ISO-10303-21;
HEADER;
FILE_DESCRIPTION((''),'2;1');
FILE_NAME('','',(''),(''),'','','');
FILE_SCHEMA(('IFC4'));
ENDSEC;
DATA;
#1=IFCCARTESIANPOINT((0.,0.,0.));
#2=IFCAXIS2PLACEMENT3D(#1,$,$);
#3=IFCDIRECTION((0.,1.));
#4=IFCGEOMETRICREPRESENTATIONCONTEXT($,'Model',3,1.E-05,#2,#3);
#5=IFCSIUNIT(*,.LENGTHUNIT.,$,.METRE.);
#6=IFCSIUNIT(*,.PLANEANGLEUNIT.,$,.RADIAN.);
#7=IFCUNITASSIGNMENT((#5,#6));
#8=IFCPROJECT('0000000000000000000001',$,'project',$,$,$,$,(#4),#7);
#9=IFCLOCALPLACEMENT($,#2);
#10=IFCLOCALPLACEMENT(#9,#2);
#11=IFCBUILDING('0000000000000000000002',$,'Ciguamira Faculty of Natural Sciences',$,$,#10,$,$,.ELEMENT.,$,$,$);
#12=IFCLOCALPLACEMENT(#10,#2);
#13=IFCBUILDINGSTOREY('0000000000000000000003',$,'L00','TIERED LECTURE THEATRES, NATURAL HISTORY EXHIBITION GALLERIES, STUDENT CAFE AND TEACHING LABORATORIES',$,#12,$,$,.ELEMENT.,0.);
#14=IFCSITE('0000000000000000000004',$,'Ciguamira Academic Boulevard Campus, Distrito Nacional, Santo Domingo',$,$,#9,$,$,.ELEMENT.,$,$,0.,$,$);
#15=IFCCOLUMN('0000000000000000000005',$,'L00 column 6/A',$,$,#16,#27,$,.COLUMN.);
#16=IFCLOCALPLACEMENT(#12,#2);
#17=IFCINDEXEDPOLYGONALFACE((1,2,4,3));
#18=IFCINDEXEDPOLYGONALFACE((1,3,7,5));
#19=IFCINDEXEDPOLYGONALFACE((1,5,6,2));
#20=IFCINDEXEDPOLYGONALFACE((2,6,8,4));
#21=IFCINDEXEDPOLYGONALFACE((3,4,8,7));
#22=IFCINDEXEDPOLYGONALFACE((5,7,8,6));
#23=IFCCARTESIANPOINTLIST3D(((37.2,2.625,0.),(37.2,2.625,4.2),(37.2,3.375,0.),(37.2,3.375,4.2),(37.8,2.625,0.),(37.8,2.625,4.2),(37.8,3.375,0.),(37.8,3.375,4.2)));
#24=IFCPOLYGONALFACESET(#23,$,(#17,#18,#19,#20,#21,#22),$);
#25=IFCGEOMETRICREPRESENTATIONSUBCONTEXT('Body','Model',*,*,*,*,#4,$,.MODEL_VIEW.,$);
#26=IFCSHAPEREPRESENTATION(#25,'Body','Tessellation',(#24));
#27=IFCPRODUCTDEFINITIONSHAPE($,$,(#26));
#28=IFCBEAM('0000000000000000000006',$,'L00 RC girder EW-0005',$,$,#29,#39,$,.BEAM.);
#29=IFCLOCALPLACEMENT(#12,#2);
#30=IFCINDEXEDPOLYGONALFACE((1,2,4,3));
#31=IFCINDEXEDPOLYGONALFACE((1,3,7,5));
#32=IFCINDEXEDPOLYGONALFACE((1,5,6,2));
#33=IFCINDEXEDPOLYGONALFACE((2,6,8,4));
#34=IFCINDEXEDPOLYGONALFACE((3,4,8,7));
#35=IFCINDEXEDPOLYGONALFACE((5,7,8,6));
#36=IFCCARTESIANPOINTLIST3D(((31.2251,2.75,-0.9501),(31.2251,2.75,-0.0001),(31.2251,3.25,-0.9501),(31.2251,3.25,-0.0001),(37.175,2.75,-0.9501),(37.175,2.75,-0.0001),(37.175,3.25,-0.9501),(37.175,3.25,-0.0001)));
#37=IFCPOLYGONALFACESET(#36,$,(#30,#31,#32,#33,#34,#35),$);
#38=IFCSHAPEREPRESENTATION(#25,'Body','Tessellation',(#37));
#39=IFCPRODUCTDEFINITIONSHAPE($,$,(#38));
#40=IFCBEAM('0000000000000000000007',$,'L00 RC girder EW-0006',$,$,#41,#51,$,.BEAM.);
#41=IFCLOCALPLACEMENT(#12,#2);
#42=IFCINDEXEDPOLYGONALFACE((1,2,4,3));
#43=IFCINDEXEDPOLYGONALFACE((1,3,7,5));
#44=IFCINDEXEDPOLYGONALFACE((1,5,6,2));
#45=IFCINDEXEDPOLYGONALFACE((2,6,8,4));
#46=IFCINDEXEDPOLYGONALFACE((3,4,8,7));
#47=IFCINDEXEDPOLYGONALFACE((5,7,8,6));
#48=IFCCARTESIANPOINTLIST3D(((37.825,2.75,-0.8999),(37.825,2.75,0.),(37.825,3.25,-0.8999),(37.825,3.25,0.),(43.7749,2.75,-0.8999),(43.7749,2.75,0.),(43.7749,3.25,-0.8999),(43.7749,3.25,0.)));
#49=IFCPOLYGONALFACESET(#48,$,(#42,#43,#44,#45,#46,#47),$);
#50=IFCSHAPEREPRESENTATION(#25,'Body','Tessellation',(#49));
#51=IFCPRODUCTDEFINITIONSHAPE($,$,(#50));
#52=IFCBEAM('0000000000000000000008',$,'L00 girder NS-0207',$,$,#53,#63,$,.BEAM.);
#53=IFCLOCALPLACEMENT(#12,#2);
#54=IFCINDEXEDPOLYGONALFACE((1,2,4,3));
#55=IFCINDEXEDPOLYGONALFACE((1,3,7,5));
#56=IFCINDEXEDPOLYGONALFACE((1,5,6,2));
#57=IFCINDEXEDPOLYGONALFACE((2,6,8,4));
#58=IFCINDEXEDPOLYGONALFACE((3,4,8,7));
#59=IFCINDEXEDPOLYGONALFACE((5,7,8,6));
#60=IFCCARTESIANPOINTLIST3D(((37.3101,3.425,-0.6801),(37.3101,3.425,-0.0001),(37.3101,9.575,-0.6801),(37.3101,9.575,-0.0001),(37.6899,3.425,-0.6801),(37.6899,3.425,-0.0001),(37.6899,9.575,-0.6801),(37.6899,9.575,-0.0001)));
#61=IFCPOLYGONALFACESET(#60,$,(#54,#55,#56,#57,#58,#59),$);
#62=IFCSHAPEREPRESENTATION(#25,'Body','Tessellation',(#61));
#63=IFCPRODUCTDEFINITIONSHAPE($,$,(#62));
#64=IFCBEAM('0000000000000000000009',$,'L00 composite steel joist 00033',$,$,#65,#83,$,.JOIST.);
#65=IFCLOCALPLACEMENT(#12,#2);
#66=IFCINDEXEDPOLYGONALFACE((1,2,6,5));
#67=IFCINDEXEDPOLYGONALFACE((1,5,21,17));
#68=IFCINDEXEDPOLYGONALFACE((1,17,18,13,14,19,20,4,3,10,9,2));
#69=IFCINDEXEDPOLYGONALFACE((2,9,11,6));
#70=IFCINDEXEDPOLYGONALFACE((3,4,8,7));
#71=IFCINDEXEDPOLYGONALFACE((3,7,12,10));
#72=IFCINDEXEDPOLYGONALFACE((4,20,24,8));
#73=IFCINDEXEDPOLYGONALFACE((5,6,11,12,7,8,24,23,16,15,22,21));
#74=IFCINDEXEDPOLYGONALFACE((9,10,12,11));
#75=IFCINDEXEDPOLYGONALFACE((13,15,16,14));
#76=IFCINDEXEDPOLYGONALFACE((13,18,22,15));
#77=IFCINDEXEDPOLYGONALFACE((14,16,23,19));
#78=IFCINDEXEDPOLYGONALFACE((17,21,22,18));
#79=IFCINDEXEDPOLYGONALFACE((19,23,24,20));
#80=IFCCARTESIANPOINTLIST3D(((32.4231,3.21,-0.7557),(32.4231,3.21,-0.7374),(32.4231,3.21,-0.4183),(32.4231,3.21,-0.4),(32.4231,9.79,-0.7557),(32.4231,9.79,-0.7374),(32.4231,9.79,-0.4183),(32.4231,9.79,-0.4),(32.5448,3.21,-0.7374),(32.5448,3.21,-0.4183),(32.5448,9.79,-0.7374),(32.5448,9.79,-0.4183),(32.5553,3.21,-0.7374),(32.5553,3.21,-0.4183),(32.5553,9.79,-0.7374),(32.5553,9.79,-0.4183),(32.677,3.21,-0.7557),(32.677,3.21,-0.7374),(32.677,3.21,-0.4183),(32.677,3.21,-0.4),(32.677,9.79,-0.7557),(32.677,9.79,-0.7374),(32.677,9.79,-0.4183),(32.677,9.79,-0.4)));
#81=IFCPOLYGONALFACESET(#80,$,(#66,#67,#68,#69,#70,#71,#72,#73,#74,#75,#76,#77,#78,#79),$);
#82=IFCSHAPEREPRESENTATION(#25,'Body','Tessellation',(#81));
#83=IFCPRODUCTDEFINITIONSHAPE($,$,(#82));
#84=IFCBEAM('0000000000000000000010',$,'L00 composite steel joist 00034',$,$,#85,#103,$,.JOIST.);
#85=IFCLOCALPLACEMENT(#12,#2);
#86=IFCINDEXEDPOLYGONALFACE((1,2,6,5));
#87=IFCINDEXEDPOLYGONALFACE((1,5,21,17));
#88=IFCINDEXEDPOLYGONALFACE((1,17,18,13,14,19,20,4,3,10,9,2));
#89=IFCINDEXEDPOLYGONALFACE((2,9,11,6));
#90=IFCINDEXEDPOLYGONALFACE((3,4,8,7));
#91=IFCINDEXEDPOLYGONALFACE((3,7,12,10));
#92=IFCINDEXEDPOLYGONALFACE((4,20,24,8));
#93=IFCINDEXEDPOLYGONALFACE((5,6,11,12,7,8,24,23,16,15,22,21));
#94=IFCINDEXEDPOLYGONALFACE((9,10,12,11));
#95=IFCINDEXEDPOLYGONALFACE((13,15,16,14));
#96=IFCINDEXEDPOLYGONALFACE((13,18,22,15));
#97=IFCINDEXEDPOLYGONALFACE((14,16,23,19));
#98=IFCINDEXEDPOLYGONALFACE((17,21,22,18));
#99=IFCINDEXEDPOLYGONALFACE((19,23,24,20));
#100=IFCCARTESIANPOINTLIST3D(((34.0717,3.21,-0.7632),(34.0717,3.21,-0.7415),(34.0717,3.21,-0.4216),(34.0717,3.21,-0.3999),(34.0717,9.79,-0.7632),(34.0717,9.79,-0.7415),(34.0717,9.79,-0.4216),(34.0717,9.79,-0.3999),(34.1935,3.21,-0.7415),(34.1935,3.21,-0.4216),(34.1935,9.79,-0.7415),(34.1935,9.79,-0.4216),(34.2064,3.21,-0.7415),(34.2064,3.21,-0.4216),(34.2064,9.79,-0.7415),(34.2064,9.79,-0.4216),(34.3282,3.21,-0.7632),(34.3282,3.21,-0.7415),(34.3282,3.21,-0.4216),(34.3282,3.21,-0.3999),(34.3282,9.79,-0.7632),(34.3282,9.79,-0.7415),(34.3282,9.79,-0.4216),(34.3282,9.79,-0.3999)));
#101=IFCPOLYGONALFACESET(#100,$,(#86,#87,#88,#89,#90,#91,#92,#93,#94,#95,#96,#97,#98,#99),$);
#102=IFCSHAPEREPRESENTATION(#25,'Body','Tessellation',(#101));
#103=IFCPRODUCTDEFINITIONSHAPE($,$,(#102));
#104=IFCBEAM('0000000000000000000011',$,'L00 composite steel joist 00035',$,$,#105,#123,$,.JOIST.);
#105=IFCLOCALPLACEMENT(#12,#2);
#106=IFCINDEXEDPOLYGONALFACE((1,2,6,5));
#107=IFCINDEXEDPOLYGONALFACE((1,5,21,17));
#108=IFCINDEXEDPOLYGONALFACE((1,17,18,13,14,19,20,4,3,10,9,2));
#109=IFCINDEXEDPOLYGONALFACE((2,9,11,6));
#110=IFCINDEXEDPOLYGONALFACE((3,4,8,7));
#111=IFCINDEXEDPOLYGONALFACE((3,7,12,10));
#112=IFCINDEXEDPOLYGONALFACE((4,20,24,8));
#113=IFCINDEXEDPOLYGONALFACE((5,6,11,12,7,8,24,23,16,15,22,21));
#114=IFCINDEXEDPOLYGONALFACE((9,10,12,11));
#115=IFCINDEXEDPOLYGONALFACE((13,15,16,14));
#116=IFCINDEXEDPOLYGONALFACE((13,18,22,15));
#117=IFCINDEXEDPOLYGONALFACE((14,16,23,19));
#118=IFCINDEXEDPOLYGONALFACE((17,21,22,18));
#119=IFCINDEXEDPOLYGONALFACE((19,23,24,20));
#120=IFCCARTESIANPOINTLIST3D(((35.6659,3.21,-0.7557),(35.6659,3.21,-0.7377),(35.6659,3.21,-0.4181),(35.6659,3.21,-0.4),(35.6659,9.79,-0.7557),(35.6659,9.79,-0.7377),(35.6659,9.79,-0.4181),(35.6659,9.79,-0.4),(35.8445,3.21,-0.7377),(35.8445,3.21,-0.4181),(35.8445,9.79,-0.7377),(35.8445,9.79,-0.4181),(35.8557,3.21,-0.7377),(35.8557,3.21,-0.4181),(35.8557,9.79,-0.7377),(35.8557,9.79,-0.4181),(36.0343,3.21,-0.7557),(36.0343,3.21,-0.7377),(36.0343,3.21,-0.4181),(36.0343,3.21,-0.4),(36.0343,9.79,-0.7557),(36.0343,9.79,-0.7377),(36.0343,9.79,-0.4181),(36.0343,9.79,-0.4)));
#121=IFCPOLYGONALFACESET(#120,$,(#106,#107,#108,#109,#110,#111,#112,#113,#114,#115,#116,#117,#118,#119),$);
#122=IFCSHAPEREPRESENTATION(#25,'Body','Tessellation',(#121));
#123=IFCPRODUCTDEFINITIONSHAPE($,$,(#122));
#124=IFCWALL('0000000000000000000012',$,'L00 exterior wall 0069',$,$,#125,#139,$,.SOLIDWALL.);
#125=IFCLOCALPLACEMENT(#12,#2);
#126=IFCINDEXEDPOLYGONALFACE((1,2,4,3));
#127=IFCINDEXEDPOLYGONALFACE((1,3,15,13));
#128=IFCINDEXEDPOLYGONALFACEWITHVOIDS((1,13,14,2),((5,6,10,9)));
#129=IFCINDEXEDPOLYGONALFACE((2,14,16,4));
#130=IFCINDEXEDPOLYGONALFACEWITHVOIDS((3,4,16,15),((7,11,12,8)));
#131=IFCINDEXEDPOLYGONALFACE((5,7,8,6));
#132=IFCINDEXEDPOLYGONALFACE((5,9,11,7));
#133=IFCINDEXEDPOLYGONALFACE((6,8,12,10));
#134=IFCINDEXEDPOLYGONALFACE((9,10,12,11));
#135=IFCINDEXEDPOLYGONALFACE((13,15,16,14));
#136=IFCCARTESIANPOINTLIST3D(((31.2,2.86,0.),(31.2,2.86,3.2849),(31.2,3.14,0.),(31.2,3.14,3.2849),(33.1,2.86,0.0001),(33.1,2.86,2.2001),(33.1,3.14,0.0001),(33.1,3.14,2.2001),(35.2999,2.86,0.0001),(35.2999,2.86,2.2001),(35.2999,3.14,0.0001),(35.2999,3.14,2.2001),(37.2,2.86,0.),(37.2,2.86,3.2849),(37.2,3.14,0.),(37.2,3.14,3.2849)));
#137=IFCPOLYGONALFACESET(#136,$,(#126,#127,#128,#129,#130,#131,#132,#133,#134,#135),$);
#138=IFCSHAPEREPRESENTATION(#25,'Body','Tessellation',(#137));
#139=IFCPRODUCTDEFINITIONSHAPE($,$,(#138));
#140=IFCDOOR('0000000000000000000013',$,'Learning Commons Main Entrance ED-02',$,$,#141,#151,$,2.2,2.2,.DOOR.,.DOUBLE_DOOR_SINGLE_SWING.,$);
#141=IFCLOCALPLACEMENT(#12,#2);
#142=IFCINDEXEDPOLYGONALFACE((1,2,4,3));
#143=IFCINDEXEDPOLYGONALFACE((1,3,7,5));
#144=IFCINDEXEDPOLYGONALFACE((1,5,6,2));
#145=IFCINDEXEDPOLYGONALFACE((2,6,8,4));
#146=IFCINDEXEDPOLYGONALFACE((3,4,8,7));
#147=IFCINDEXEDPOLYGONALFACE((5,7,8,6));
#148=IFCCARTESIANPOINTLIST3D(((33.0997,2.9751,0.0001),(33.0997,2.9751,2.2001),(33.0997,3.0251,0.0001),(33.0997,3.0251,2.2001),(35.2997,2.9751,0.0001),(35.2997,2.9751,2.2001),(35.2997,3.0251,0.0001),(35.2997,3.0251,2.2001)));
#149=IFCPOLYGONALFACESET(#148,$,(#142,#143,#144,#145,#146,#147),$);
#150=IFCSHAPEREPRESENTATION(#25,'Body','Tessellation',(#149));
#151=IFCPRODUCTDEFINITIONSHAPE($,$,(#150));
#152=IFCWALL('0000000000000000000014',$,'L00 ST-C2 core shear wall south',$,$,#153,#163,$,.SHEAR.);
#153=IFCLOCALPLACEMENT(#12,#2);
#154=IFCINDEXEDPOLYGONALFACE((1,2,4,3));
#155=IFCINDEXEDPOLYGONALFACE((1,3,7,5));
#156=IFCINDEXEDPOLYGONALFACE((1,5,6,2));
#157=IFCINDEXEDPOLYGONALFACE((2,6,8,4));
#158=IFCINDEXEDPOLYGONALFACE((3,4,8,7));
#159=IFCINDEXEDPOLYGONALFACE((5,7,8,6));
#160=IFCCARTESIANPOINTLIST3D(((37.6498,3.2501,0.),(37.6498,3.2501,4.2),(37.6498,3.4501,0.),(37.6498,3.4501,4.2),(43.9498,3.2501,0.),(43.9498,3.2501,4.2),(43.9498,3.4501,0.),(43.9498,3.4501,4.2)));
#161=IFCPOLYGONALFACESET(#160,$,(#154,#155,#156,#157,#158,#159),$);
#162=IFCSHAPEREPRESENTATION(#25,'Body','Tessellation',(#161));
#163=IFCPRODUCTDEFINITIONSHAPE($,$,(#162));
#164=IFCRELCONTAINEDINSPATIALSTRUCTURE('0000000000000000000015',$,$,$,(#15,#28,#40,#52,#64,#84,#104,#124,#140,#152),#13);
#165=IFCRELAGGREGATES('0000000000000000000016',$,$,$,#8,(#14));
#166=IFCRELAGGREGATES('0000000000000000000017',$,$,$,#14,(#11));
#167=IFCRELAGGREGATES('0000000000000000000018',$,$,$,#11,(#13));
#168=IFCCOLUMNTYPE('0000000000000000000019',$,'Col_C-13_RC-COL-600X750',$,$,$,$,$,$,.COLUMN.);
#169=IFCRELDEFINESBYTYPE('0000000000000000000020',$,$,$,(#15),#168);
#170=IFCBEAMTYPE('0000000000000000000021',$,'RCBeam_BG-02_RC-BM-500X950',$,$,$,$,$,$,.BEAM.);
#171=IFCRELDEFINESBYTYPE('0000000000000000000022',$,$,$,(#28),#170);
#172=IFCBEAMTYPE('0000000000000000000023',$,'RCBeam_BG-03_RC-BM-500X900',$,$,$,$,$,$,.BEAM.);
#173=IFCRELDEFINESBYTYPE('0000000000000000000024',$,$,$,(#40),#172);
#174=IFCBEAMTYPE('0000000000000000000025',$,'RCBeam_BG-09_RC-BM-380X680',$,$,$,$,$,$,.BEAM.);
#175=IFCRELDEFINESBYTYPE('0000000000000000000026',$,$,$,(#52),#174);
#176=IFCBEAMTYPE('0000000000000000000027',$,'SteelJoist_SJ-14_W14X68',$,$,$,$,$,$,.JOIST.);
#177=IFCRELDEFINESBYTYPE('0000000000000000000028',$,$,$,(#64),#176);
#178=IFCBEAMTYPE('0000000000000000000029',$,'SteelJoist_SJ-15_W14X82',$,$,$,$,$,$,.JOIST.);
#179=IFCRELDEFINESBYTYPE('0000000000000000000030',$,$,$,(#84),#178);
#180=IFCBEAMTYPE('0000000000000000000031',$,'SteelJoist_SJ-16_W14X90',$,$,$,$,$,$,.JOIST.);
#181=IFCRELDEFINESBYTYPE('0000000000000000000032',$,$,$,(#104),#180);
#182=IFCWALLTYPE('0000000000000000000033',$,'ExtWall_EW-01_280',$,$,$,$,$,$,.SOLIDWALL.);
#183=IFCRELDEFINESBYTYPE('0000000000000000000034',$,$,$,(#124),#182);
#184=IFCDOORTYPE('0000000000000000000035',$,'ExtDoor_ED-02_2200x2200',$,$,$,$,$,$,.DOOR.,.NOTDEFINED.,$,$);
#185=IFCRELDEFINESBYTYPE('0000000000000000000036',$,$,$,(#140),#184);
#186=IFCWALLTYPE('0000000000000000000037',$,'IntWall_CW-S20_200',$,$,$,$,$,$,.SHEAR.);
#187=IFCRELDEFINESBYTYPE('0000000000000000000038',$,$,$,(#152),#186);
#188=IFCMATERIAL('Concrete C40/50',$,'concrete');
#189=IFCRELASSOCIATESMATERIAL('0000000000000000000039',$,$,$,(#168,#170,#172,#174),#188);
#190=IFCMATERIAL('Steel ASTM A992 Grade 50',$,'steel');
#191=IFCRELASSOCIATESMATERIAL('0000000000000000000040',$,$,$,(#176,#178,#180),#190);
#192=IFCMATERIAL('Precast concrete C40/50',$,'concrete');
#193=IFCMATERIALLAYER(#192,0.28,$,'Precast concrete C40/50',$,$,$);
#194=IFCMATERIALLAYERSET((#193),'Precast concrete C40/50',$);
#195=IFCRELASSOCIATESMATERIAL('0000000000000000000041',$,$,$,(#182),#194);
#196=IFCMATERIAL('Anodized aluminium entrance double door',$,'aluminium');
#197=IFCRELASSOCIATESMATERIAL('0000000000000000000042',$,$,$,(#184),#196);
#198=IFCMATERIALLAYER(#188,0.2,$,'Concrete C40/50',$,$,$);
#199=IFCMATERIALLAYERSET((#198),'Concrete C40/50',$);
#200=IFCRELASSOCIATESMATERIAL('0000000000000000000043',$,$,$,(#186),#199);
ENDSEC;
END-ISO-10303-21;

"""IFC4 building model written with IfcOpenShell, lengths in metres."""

from ifc_helpers import new_model, si_unit, direction, frame, frame_2d, origin, origin_2d, place, context, subcontext, project, spatial, rectangle, i_section, extrude, material, layer, layer_set, material_profile, profile_set, type_object, element, fill, save


model = new_model("IFC4")

# Units and contexts
model_context = context("Model", 3, precision=1e-05, world=origin(), true_north=direction((0.0, 1.0)))
body_context = subcontext(model_context, "Body", "Model", "MODEL_VIEW")
ifc_project = project(units=[si_unit("LENGTHUNIT", "METRE"), si_unit("PLANEANGLEUNIT", "RADIAN")], contexts=[model_context])

# Site, building, storey
site_placement = place(None, origin())
site = spatial("IfcSite", under=ifc_project, at=site_placement, Name="Ciguamira Academic Boulevard Campus, Distrito Nacional, Santo Domingo", CompositionType="ELEMENT", RefElevation=0.0)
building_placement = place(site_placement, origin())
building = spatial("IfcBuilding", under=site, at=building_placement, Name="Ciguamira Faculty of Natural Sciences", CompositionType="ELEMENT")
storey_placement = place(building_placement, origin())
storey = spatial("IfcBuildingStorey", under=building, at=storey_placement, Name="L00", Description="TIERED LECTURE THEATRES, NATURAL HISTORY EXHIBITION GALLERIES, STUDENT CAFE AND TEACHING LABORATORIES", CompositionType="ELEMENT", Elevation=0.0)

# Column
ifc_material_1 = material(Name="Concrete C40/50", Category="concrete")
ifc_material_profile_1 = material_profile(ifc_material_1, rectangle(XDim=0.6001, YDim=0.75, at=origin_2d()), Name="RC-COL-600X750")
ifc_profile_set_1 = profile_set([ifc_material_profile_1], Name="Concrete C40/50")
column_type = type_object("IfcColumnType", Name="Col_C-13_RC-COL-600X750", PredefinedType="COLUMN", material=ifc_profile_set_1)
column_placement = place(storey_placement, frame((37.5, 3.0, 0.0), z_axis=(0.0, 0.0, 1.0), x_axis=(1.0, 0.0, 0.0)))
element("IfcColumn", 1, at=column_placement, inside=storey, type_object=column_type, Name="L00 column 6/A", PredefinedType="COLUMN", context=body_context, shape_type="SweptSolid", body=[
    extrude(rectangle(XDim=0.6001, YDim=0.75, at=origin_2d()), origin(), (0.0, 0.0, 1.0), 4.2),
])

# Beams
ifc_material_profile_2 = material_profile(ifc_material_1, rectangle(XDim=0.5, YDim=0.95, at=origin_2d()), Name="RC-BM-500X950")
ifc_profile_set_2 = profile_set([ifc_material_profile_2], Name="Concrete C40/50")
beam_type_1 = type_object("IfcBeamType", Name="RCBeam_BG-02_RC-BM-500X950", PredefinedType="BEAM", material=ifc_profile_set_2)
beam_1_placement = place(storey_placement, frame((31.2251, 3.0, -0.4751), z_axis=(1.0, 0.0, 0.0), x_axis=(0.0, 1.0, 0.0)))
element("IfcBeam", 2, at=beam_1_placement, inside=storey, type_object=beam_type_1, Name="L00 RC girder EW-0005", PredefinedType="BEAM", context=body_context, shape_type="SweptSolid", body=[
    extrude(rectangle(XDim=0.5, YDim=0.95, at=origin_2d()), origin(), (0.0, 0.0, 1.0), 5.95),
])
ifc_material_profile_3 = material_profile(ifc_material_1, rectangle(XDim=0.5, YDim=0.8999, at=origin_2d()), Name="RC-BM-500X900")
ifc_profile_set_3 = profile_set([ifc_material_profile_3], Name="Concrete C40/50")
beam_type_2 = type_object("IfcBeamType", Name="RCBeam_BG-03_RC-BM-500X900", PredefinedType="BEAM", material=ifc_profile_set_3)
beam_2_placement = place(storey_placement, frame((37.825, 3.0, -0.45), z_axis=(1.0, 0.0, 0.0), x_axis=(0.0, 1.0, 0.0)))
element("IfcBeam", 3, at=beam_2_placement, inside=storey, type_object=beam_type_2, Name="L00 RC girder EW-0006", PredefinedType="BEAM", context=body_context, shape_type="SweptSolid", body=[
    extrude(rectangle(XDim=0.5, YDim=0.8999, at=origin_2d()), origin(), (0.0, 0.0, 1.0), 5.95),
])
ifc_material_profile_4 = material_profile(ifc_material_1, rectangle(XDim=0.3799, YDim=0.6799, at=origin_2d()), Name="RC-BM-380X680")
ifc_profile_set_4 = profile_set([ifc_material_profile_4], Name="Concrete C40/50")
beam_type_3 = type_object("IfcBeamType", Name="RCBeam_BG-09_RC-BM-380X680", PredefinedType="BEAM", material=ifc_profile_set_4)
beam_3_placement = place(storey_placement, frame((37.5, 3.425, -0.3401), z_axis=(0.0, 1.0, 0.0), x_axis=(-1.0, 0.0, 0.0)))
element("IfcBeam", 4, at=beam_3_placement, inside=storey, type_object=beam_type_3, Name="L00 girder NS-0207", PredefinedType="BEAM", context=body_context, shape_type="SweptSolid", body=[
    extrude(rectangle(XDim=0.3799, YDim=0.6799, at=origin_2d()), origin(), (0.0, 0.0, 1.0), 6.1499),
])
ifc_material_2 = material(Name="Steel ASTM A992 Grade 50", Category="steel")
ifc_material_profile_5 = material_profile(ifc_material_2, i_section(OverallWidth=0.2539, OverallDepth=0.3557, WebThickness=0.0105, FlangeThickness=0.0183, at=origin_2d()), Name="W14X68")
ifc_profile_set_5 = profile_set([ifc_material_profile_5], Name="Steel ASTM A992 Grade 50")
beam_type_4 = type_object("IfcBeamType", Name="SteelJoist_SJ-14_W14X68", PredefinedType="JOIST", material=ifc_profile_set_5)
beam_4_placement = place(storey_placement, frame((32.55, 3.21, -0.5779), z_axis=(0.0, 1.0, 0.0), x_axis=(-1.0, 0.0, 0.0)))
element("IfcBeam", 5, at=beam_4_placement, inside=storey, type_object=beam_type_4, Name="L00 composite steel joist 00033", PredefinedType="JOIST", context=body_context, shape_type="SweptSolid", body=[
    extrude(i_section(OverallWidth=0.2539, OverallDepth=0.3557, WebThickness=0.0105, FlangeThickness=0.0183, at=origin_2d()), origin(), (0.0, 0.0, 1.0), 6.5801),
])
ifc_material_profile_6 = material_profile(ifc_material_2, i_section(OverallWidth=0.2566, OverallDepth=0.3633, WebThickness=0.0129, FlangeThickness=0.0217, at=origin_2d()), Name="W14X82")
ifc_profile_set_6 = profile_set([ifc_material_profile_6], Name="Steel ASTM A992 Grade 50")
beam_type_5 = type_object("IfcBeamType", Name="SteelJoist_SJ-15_W14X82", PredefinedType="JOIST", material=ifc_profile_set_6)
beam_5_placement = place(storey_placement, frame((34.2, 3.21, -0.5815), z_axis=(0.0, 1.0, 0.0), x_axis=(-1.0, 0.0, 0.0)))
element("IfcBeam", 6, at=beam_5_placement, inside=storey, type_object=beam_type_5, Name="L00 composite steel joist 00034", PredefinedType="JOIST", context=body_context, shape_type="SweptSolid", body=[
    extrude(i_section(OverallWidth=0.2566, OverallDepth=0.3633, WebThickness=0.0129, FlangeThickness=0.0217, at=origin_2d()), origin(), (0.0, 0.0, 1.0), 6.5801),
])
ifc_material_profile_7 = material_profile(ifc_material_2, i_section(OverallWidth=0.3684, OverallDepth=0.3557, WebThickness=0.0112, FlangeThickness=0.0181, at=origin_2d()), Name="W14X90")
ifc_profile_set_7 = profile_set([ifc_material_profile_7], Name="Steel ASTM A992 Grade 50")
beam_type_6 = type_object("IfcBeamType", Name="SteelJoist_SJ-16_W14X90", PredefinedType="JOIST", material=ifc_profile_set_7)
beam_6_placement = place(storey_placement, frame((35.8501, 3.21, -0.5779), z_axis=(0.0, 1.0, 0.0), x_axis=(-1.0, 0.0, 0.0)))
element("IfcBeam", 7, at=beam_6_placement, inside=storey, type_object=beam_type_6, Name="L00 composite steel joist 00035", PredefinedType="JOIST", context=body_context, shape_type="SweptSolid", body=[
    extrude(i_section(OverallWidth=0.3684, OverallDepth=0.3557, WebThickness=0.0112, FlangeThickness=0.0181, at=origin_2d()), origin(), (0.0, 0.0, 1.0), 6.5801),
])

# Wall, opening, door
ifc_material_3 = material(Name="Precast concrete C40/50", Category="concrete")
ifc_layer_1 = layer(ifc_material_3, 0.28, Name="Precast concrete C40/50")
ifc_layer_set_1 = layer_set([ifc_layer_1], Name="Precast concrete C40/50")
wall_type_1 = type_object("IfcWallType", Name="ExtWall_EW-01_280", PredefinedType="SOLIDWALL", material=ifc_layer_set_1)
wall_1_placement = place(storey_placement, frame((31.2, 3.0, 0.0), z_axis=(0.0, 0.0, 1.0), x_axis=(1.0, 0.0, 0.0)))
wall_1 = element("IfcWall", 8, at=wall_1_placement, inside=storey, type_object=wall_type_1, Name="L00 exterior wall 0069", PredefinedType="SOLIDWALL", context=body_context, shape_type="SweptSolid", body=[
    extrude(rectangle(XDim=6.0, YDim=0.28, at=frame_2d((3.0, 0.0))), origin(), (0.0, 0.0, 1.0), 3.2849),
])
opening_placement = place(wall_1_placement, frame((1.8999, 0.0, 0.0)))
opening = element("IfcOpeningElement", 9, at=opening_placement, cuts=wall_1, PredefinedType="OPENING", context=body_context, shape_type="SweptSolid", body=[
    extrude(rectangle(XDim=2.2, YDim=2.2, at=frame_2d((1.1001, 1.1001))), frame((0.0, 0.1499, 0.0), z_axis=(0.0, -1.0, 0.0), x_axis=(1.0, 0.0, 0.0)), (0.0, 0.0, 1.0), 0.3),
])
ifc_material_4 = material(Name="Anodized aluminium entrance double door", Category="aluminium")
door_type = type_object("IfcDoorType", Name="ExtDoor_ED-02_2200x2200", OperationType="NOTDEFINED", PredefinedType="DOOR", material=ifc_material_4)
door_placement = place(opening_placement, frame((2.2, 0.0, 0.0), z_axis=(0.0, 0.0, 1.0), x_axis=(-1.0, 0.0, 0.0)))
door = element("IfcDoor", 10, at=door_placement, inside=storey, type_object=door_type, Name="Learning Commons Main Entrance ED-02", OperationType="DOUBLE_DOOR_SINGLE_SWING", OverallHeight=2.2, OverallWidth=2.2, PredefinedType="DOOR", context=body_context, shape_type="SweptSolid", body=[
    extrude(rectangle(XDim=2.2, YDim=2.2, at=frame_2d((1.1001, 1.1001))), frame((0.0, 0.0249, 0.0), z_axis=(0.0, -1.0, 0.0), x_axis=(1.0, 0.0, 0.0)), (0.0, 0.0, 1.0), 0.05),
])
fill(opening, door)

# Wall
ifc_layer_2 = layer(ifc_material_1, 0.2, Name="Concrete C40/50")
ifc_layer_set_2 = layer_set([ifc_layer_2], Name="Concrete C40/50")
wall_type_2 = type_object("IfcWallType", Name="IntWall_CW-S20_200", PredefinedType="SHEAR", material=ifc_layer_set_2)
wall_2_placement = place(storey_placement, frame((37.6499, 3.3501, 0.0), z_axis=(0.0, 0.0, 1.0), x_axis=(1.0, 0.0, 0.0)))
element("IfcWall", 11, at=wall_2_placement, inside=storey, type_object=wall_type_2, Name="L00 ST-C2 core shear wall south", PredefinedType="SHEAR", context=body_context, shape_type="SweptSolid", body=[
    extrude(rectangle(XDim=6.3, YDim=0.2, at=frame_2d((3.1499, 0.0))), origin(), (0.0, 0.0, 1.0), 4.2),
])

save(model, "model.ifc")
